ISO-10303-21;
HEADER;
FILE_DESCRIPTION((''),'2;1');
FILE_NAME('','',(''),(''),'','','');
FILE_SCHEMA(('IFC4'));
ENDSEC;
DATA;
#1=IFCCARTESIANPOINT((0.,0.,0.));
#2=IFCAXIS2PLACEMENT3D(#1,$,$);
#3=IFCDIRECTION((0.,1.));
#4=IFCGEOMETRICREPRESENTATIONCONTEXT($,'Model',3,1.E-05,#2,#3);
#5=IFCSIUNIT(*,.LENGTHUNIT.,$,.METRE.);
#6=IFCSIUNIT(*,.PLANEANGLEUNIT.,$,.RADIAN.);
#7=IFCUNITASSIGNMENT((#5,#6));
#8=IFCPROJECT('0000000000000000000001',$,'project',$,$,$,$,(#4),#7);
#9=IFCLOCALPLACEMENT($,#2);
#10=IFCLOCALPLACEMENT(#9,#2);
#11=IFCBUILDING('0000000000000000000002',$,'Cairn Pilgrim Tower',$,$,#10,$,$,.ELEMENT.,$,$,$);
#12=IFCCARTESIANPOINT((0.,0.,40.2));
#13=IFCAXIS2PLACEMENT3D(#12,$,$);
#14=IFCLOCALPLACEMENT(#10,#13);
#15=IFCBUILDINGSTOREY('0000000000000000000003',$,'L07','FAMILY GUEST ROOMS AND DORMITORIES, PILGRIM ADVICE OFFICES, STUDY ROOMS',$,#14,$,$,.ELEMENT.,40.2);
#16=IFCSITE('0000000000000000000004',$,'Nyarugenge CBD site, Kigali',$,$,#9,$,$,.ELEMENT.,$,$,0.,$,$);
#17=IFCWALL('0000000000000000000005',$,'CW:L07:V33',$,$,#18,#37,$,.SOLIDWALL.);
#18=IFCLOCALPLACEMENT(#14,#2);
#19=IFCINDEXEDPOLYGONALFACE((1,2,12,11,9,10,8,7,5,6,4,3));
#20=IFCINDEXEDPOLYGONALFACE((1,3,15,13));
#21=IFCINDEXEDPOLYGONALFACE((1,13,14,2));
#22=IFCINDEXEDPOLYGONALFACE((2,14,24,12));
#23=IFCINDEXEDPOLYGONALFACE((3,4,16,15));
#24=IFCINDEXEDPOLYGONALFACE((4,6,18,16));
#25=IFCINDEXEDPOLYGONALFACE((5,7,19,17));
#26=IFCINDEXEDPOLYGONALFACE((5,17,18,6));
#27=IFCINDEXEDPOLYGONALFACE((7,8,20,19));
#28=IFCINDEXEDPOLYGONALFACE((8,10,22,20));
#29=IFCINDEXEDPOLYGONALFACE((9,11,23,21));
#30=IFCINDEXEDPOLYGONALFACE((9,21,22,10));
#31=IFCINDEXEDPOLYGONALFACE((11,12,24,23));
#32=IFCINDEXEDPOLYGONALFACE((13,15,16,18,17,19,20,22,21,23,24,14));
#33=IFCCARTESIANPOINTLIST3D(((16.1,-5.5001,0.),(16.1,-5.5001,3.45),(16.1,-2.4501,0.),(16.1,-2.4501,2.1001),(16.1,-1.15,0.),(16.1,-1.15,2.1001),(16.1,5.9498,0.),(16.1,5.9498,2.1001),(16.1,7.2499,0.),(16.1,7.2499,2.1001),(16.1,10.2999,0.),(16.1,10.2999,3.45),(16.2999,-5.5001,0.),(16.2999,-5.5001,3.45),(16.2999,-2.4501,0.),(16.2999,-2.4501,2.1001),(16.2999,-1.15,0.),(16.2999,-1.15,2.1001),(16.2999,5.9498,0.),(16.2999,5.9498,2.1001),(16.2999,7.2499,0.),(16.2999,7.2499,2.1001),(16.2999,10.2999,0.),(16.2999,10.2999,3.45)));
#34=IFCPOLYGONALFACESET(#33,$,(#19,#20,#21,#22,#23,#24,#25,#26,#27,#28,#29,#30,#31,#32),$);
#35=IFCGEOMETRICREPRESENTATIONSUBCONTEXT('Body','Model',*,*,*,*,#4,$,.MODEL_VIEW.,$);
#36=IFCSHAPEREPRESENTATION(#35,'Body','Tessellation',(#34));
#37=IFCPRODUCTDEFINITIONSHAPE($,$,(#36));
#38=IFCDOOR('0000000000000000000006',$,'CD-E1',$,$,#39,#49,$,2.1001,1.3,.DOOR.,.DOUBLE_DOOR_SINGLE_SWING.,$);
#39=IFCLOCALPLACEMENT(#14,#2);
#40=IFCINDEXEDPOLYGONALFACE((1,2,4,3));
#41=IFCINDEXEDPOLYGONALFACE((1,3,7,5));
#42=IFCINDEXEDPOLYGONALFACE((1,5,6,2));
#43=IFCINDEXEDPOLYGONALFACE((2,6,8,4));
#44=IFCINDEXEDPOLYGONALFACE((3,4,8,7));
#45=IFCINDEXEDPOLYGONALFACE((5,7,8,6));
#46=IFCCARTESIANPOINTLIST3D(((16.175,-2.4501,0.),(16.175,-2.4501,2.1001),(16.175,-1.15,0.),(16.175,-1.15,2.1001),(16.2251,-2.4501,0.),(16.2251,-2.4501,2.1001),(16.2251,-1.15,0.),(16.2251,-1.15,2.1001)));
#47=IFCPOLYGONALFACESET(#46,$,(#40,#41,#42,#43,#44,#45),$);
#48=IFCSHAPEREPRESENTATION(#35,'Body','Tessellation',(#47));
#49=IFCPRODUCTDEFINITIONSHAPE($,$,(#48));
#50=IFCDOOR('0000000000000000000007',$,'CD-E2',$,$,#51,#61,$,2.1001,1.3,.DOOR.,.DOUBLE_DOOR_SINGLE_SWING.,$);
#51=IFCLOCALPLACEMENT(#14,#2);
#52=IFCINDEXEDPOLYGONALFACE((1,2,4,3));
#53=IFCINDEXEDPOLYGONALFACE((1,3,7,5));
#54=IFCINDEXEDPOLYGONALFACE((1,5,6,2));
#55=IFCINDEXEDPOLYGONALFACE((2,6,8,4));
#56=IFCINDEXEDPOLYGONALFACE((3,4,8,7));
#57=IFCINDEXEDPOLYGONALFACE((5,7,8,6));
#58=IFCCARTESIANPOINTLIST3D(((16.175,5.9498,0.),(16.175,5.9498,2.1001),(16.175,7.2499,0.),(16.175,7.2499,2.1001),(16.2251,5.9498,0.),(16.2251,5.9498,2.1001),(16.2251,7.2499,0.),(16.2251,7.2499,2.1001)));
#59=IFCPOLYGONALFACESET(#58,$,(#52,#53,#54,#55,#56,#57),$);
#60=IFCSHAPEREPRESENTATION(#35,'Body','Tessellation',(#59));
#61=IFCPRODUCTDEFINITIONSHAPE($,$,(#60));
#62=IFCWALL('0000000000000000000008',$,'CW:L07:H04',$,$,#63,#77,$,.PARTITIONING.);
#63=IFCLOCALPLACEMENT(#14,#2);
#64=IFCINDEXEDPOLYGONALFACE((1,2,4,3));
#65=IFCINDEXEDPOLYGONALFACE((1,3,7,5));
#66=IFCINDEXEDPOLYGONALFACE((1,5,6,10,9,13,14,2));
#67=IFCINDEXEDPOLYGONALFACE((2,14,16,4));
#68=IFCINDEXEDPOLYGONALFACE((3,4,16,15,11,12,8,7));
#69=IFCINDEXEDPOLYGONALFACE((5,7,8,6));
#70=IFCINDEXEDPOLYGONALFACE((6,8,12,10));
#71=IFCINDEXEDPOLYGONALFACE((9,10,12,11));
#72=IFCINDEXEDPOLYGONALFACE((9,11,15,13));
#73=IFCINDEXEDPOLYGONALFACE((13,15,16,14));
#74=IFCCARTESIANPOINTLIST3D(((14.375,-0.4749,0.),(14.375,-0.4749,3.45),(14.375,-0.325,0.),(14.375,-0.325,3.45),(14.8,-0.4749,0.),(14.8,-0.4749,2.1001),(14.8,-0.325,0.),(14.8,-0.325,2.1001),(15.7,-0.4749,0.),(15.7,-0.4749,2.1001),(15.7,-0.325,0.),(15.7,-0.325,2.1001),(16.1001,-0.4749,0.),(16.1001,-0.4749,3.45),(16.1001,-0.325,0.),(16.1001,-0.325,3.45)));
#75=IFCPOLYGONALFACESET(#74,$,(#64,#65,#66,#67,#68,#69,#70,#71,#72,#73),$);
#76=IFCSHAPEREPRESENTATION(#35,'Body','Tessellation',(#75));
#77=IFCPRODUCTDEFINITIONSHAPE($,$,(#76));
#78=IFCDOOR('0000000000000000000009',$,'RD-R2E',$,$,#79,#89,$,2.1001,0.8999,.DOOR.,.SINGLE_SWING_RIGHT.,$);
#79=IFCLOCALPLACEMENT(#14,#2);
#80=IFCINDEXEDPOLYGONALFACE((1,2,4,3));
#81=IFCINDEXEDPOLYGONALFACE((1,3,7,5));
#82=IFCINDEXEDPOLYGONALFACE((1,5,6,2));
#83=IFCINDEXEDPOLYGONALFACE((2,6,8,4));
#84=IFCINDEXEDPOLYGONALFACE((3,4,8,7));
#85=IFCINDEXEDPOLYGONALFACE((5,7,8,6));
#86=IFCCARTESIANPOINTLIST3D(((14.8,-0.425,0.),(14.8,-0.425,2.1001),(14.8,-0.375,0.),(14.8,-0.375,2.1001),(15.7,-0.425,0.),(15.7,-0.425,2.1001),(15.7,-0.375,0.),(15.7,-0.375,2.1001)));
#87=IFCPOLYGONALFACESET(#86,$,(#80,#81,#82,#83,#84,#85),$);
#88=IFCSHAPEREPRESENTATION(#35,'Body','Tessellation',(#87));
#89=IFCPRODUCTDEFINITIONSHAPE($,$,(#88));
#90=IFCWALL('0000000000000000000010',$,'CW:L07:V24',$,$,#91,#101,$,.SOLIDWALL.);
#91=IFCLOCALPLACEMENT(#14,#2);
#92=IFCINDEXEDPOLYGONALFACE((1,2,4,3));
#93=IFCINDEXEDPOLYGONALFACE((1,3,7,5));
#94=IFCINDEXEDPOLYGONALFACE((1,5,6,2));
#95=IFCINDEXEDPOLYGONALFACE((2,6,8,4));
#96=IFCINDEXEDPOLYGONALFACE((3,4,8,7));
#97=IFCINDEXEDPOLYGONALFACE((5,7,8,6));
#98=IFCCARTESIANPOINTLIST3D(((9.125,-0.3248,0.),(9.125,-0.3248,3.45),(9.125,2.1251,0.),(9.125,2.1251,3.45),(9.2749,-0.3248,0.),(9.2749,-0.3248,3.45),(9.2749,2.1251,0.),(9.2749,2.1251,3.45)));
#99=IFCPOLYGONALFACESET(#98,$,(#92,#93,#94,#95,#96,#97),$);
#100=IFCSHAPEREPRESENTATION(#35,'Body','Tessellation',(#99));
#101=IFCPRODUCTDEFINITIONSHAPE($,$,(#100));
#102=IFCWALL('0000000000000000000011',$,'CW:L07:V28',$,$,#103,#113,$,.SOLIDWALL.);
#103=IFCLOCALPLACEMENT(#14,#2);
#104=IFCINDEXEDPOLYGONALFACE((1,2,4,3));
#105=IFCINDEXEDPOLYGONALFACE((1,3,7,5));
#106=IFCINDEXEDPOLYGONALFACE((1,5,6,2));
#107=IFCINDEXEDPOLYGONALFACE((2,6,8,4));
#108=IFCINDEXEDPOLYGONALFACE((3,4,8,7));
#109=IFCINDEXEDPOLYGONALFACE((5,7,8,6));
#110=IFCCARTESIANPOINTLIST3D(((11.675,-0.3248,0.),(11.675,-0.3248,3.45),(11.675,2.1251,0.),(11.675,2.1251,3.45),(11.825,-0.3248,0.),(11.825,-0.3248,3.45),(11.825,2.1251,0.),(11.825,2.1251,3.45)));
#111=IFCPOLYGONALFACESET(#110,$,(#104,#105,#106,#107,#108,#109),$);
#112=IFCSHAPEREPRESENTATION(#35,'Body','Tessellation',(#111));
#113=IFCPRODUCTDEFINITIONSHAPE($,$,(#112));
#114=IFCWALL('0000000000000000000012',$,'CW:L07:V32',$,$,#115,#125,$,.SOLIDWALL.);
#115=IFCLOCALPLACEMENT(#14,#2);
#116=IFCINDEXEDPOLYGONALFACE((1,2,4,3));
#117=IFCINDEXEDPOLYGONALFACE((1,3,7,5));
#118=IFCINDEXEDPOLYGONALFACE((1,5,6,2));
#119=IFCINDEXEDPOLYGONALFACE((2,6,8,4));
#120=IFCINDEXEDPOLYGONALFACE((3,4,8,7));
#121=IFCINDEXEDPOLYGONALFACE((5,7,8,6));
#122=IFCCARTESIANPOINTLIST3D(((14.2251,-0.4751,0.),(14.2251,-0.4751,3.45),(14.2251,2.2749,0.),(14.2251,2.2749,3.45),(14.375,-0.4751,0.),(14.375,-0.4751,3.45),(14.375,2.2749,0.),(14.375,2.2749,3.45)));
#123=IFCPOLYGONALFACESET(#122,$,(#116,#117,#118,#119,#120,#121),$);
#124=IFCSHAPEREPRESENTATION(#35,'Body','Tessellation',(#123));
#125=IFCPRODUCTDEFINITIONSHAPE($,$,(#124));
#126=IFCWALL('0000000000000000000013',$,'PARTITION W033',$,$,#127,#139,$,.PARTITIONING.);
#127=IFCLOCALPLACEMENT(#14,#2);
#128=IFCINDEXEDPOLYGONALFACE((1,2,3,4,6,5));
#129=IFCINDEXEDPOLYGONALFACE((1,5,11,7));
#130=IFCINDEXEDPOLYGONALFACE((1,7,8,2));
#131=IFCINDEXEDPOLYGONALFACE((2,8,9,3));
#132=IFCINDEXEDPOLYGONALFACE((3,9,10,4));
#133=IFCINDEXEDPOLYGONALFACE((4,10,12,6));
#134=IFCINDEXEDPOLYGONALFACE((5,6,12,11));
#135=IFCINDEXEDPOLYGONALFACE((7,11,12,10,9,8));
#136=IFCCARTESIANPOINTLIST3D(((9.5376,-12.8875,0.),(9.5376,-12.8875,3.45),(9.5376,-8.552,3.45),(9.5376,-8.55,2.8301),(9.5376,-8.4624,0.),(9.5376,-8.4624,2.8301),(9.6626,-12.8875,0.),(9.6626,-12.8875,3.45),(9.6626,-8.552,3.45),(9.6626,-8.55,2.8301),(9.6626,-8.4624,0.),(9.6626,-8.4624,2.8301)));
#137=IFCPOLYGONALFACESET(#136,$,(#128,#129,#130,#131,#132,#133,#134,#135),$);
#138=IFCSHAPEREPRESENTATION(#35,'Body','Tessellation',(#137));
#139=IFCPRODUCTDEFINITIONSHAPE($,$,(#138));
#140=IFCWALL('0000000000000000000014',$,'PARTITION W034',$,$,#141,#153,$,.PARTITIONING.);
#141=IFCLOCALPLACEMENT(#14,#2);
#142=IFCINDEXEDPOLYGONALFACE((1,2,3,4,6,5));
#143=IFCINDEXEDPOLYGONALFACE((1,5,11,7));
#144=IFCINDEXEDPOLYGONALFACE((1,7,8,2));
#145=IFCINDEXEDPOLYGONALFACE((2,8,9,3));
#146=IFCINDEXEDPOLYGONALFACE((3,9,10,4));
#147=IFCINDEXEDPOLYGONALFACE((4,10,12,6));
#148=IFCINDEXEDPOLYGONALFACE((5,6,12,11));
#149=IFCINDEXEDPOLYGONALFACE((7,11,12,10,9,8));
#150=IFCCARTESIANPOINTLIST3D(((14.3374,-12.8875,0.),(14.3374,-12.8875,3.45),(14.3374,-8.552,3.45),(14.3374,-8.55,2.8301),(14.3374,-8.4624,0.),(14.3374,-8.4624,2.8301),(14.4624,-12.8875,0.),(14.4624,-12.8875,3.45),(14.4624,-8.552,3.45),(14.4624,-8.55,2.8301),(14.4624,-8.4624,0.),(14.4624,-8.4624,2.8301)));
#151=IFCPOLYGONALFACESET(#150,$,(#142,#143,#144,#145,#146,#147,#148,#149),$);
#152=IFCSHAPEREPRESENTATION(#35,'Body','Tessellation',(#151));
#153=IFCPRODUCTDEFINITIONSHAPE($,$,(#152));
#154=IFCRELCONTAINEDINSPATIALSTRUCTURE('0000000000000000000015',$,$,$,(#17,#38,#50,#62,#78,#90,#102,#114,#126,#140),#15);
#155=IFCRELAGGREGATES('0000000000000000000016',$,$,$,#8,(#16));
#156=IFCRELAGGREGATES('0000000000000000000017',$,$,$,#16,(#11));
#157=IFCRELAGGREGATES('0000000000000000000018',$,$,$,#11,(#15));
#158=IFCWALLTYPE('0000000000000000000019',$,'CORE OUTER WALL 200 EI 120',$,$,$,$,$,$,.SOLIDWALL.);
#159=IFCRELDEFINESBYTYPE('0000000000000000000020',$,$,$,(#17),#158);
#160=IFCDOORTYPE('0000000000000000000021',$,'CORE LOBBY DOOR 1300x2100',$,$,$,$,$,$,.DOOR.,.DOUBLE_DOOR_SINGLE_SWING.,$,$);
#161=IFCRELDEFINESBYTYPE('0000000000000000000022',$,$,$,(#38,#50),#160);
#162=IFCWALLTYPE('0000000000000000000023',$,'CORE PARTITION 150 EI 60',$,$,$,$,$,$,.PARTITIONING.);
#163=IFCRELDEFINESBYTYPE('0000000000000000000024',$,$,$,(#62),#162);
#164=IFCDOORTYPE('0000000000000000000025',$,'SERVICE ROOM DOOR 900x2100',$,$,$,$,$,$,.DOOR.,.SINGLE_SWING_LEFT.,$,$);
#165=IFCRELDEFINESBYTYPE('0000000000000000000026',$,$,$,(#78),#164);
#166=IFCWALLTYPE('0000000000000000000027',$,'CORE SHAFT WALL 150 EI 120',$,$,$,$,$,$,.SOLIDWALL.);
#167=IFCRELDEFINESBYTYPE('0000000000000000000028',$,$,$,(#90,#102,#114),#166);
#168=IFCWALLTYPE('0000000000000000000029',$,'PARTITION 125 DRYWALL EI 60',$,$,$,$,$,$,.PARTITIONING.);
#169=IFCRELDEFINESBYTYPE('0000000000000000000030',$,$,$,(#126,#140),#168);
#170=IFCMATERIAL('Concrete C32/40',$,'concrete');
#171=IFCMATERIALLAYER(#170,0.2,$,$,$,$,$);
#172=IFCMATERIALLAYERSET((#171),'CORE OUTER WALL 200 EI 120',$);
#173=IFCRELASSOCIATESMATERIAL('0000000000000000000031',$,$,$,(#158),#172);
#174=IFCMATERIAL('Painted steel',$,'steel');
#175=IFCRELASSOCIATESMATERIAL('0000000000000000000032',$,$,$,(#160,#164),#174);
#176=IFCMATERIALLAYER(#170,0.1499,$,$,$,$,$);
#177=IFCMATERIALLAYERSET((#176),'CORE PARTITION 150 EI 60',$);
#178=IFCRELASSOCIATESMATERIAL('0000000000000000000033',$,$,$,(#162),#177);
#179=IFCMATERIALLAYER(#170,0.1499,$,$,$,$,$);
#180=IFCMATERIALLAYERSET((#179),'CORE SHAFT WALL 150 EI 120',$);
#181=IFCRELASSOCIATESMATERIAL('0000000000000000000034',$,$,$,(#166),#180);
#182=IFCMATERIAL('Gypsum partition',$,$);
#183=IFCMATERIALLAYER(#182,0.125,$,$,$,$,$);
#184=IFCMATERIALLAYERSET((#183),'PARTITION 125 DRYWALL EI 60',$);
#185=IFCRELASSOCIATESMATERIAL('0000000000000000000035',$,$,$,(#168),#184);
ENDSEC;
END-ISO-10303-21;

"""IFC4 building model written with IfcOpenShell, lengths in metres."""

from ifc_helpers import new_model, si_unit, direction, frame, frame_2d, origin, place, context, subcontext, project, spatial, polyline, rectangle, outline, extrude, material, layer, layer_set, type_object, element, fill, save


model = new_model("IFC4")

# Units and contexts
model_context = context("Model", 3, precision=1e-05, world=origin(), true_north=direction((0.0, 1.0)))
body_context = subcontext(model_context, "Body", "Model", "MODEL_VIEW")
ifc_project = project(units=[si_unit("LENGTHUNIT", "METRE"), si_unit("PLANEANGLEUNIT", "RADIAN")], contexts=[model_context])

# Site, building, storey
site_placement = place(None, origin())
site = spatial("IfcSite", under=ifc_project, at=site_placement, Name="Nyarugenge CBD site, Kigali", CompositionType="ELEMENT", RefElevation=0.0)
building_placement = place(site_placement, origin())
building = spatial("IfcBuilding", under=site, at=building_placement, Name="Cairn Pilgrim Tower", CompositionType="ELEMENT")
storey_placement = place(building_placement, frame((0.0, 0.0, 40.2)))
storey = spatial("IfcBuildingStorey", under=building, at=storey_placement, Name="L07", Description="FAMILY GUEST ROOMS AND DORMITORIES, PILGRIM ADVICE OFFICES, STUDY ROOMS", CompositionType="ELEMENT", Elevation=40.2)

# Shared definitions
ifc_material_1 = material(Name="Concrete C32/40", Category="concrete")
ifc_layer_1 = layer(ifc_material_1, 0.2)
ifc_layer_set_1 = layer_set([ifc_layer_1], Name="CORE OUTER WALL 200 EI 120")
wall_type_1 = type_object("IfcWallType", Name="CORE OUTER WALL 200 EI 120", PredefinedType="SOLIDWALL", material=ifc_layer_set_1)

# Wall, openings, doors
wall_1_placement = place(storey_placement, frame((16.2, -5.5, 0.0), z_axis=(0.0, 0.0, 1.0), x_axis=(0.0, 1.0, 0.0)))
wall_1 = element("IfcWall", 1, at=wall_1_placement, inside=storey, type_object=wall_type_1, Name="CW:L07:V33", PredefinedType="SOLIDWALL", context=body_context, shape_type="SweptSolid", body=[
    extrude(rectangle(XDim=15.8, YDim=0.2, at=frame_2d((7.8999, 0.0))), origin(), (0.0, 0.0, 1.0), 3.45),
])
opening_1_placement = place(wall_1_placement, frame((3.05, 0.0, 0.0)))
opening_1 = element("IfcOpeningElement", 2, at=opening_1_placement, cuts=wall_1, PredefinedType="OPENING", context=body_context, shape_type="SweptSolid", body=[
    extrude(rectangle(XDim=1.3, YDim=2.1001, at=frame_2d((0.6499, 1.05))), frame((0.0, 0.1099, 0.0), z_axis=(0.0, -1.0, 0.0), x_axis=(1.0, 0.0, 0.0)), (0.0, 0.0, 1.0), 0.22),
])
opening_2_placement = place(wall_1_placement, frame((11.45, 0.0, 0.0)))
opening_2 = element("IfcOpeningElement", 3, at=opening_2_placement, cuts=wall_1, PredefinedType="OPENING", context=body_context, shape_type="SweptSolid", body=[
    extrude(rectangle(XDim=1.3, YDim=2.1001, at=frame_2d((0.6499, 1.05))), frame((0.0, 0.1099, 0.0), z_axis=(0.0, -1.0, 0.0), x_axis=(1.0, 0.0, 0.0)), (0.0, 0.0, 1.0), 0.22),
])
ifc_material_2 = material(Name="Painted steel", Category="steel")
door_type_1 = type_object("IfcDoorType", Name="CORE LOBBY DOOR 1300x2100", OperationType="DOUBLE_DOOR_SINGLE_SWING", PredefinedType="DOOR", material=ifc_material_2)
door_1_placement = place(opening_1_placement, origin())
door_1 = element("IfcDoor", 4, at=door_1_placement, inside=storey, type_object=door_type_1, Name="CD-E1", OperationType="DOUBLE_DOOR_SINGLE_SWING", OverallHeight=2.1001, OverallWidth=1.3, PredefinedType="DOOR", context=body_context, shape_type="SweptSolid", body=[
    extrude(rectangle(XDim=1.3, YDim=2.1001, at=frame_2d((0.6499, 1.05))), frame((0.0, 0.0249, 0.0), z_axis=(0.0, -1.0, 0.0), x_axis=(1.0, 0.0, 0.0)), (0.0, 0.0, 1.0), 0.05),
])
fill(opening_1, door_1)
door_2_placement = place(opening_2_placement, origin())
door_2 = element("IfcDoor", 5, at=door_2_placement, inside=storey, type_object=door_type_1, Name="CD-E2", OperationType="DOUBLE_DOOR_SINGLE_SWING", OverallHeight=2.1001, OverallWidth=1.3, PredefinedType="DOOR", context=body_context, shape_type="SweptSolid", body=[
    extrude(rectangle(XDim=1.3, YDim=2.1001, at=frame_2d((0.6499, 1.05))), frame((0.0, 0.0249, 0.0), z_axis=(0.0, -1.0, 0.0), x_axis=(1.0, 0.0, 0.0)), (0.0, 0.0, 1.0), 0.05),
])
fill(opening_2, door_2)

# Wall, opening, door
ifc_layer_2 = layer(ifc_material_1, 0.1499)
ifc_layer_set_2 = layer_set([ifc_layer_2], Name="CORE PARTITION 150 EI 60")
wall_type_2 = type_object("IfcWallType", Name="CORE PARTITION 150 EI 60", PredefinedType="PARTITIONING", material=ifc_layer_set_2)
wall_2_placement = place(storey_placement, frame((14.375, -0.3999, 0.0), z_axis=(0.0, 0.0, 1.0), x_axis=(1.0, 0.0, 0.0)))
wall_2 = element("IfcWall", 6, at=wall_2_placement, inside=storey, type_object=wall_type_2, Name="CW:L07:H04", PredefinedType="PARTITIONING", context=body_context, shape_type="SweptSolid", body=[
    extrude(rectangle(XDim=1.7251, YDim=0.1499, at=frame_2d((0.8625, 0.0))), origin(), (0.0, 0.0, 1.0), 3.45),
])
opening_3_placement = place(wall_2_placement, frame((0.425, 0.0, 0.0)))
opening_3 = element("IfcOpeningElement", 7, at=opening_3_placement, cuts=wall_2, PredefinedType="OPENING", context=body_context, shape_type="SweptSolid", body=[
    extrude(rectangle(XDim=0.8999, YDim=2.1001, at=frame_2d((0.45, 1.05))), frame((0.0, 0.085, 0.0), z_axis=(0.0, -1.0, 0.0), x_axis=(1.0, 0.0, 0.0)), (0.0, 0.0, 1.0), 0.1699),
])
door_type_2 = type_object("IfcDoorType", Name="SERVICE ROOM DOOR 900x2100", OperationType="SINGLE_SWING_LEFT", PredefinedType="DOOR", material=ifc_material_2)
door_3_placement = place(opening_3_placement, origin())
door_3 = element("IfcDoor", 8, at=door_3_placement, inside=storey, type_object=door_type_2, Name="RD-R2E", OperationType="SINGLE_SWING_RIGHT", OverallHeight=2.1001, OverallWidth=0.8999, PredefinedType="DOOR", context=body_context, shape_type="SweptSolid", body=[
    extrude(rectangle(XDim=0.8999, YDim=2.1001, at=frame_2d((0.45, 1.05))), frame((0.0, 0.0249, 0.0), z_axis=(0.0, -1.0, 0.0), x_axis=(1.0, 0.0, 0.0)), (0.0, 0.0, 1.0), 0.05),
])
fill(opening_3, door_3)

# Walls
ifc_layer_3 = layer(ifc_material_1, 0.1499)
ifc_layer_set_3 = layer_set([ifc_layer_3], Name="CORE SHAFT WALL 150 EI 120")
wall_type_3 = type_object("IfcWallType", Name="CORE SHAFT WALL 150 EI 120", PredefinedType="SOLIDWALL", material=ifc_layer_set_3)
for number, where, z_axis, x_axis, name in (
    (9, (9.2, -0.325, 0.0), (0.0, 0.0, 1.0), (0.0, 1.0, 0.0), "CW:L07:V24"),
    (10, (11.75, -0.325, 0.0), (0.0, 0.0, 1.0), (0.0, 1.0, 0.0), "CW:L07:V28"),
):
    element("IfcWall", number, at=place(storey_placement, frame(where, z_axis=z_axis, x_axis=x_axis)), inside=storey, type_object=wall_type_3, Name=name, PredefinedType="SOLIDWALL", context=body_context, shape_type="SweptSolid", body=[
        extrude(rectangle(XDim=2.45, YDim=0.1499, at=frame_2d((1.2251, 0.0))), origin(), (0.0, 0.0, 1.0), 3.45),
    ])
wall_3_placement = place(storey_placement, frame((14.3, -0.4751, 0.0), z_axis=(0.0, 0.0, 1.0), x_axis=(0.0, 1.0, 0.0)))
element("IfcWall", 11, at=wall_3_placement, inside=storey, type_object=wall_type_3, Name="CW:L07:V32", PredefinedType="SOLIDWALL", context=body_context, shape_type="SweptSolid", body=[
    extrude(rectangle(XDim=2.75, YDim=0.1499, at=frame_2d((1.375, 0.0))), origin(), (0.0, 0.0, 1.0), 3.45),
])
ifc_material_3 = material(Name="Gypsum partition")
ifc_layer_4 = layer(ifc_material_3, 0.125)
ifc_layer_set_4 = layer_set([ifc_layer_4], Name="PARTITION 125 DRYWALL EI 60")
wall_type_4 = type_object("IfcWallType", Name="PARTITION 125 DRYWALL EI 60", PredefinedType="PARTITIONING", material=ifc_layer_set_4)
for number, where, z_axis, x_axis, name in (
    (12, (9.6001, -12.8875, 0.0), (0.0, 0.0, 1.0), (0.0, 1.0, 0.0), "PARTITION W033"),
    (13, (14.3999, -12.8875, 0.0), (0.0, 0.0, 1.0), (0.0, 1.0, 0.0), "PARTITION W034"),
):
    element("IfcWall", number, at=place(storey_placement, frame(where, z_axis=z_axis, x_axis=x_axis)), inside=storey, type_object=wall_type_4, Name=name, PredefinedType="PARTITIONING", context=body_context, shape_type="SweptSolid", body=[
        extrude(outline(polyline([(0.0, 0.0), (4.425, 0.0), (4.425, 2.8301), (4.3374, 2.8301), (4.3354, 3.45), (0.0, 3.45), (0.0, 0.0)])), frame((0.0, 0.0625, 0.0), z_axis=(0.0, -1.0, 0.0), x_axis=(1.0, 0.0, 0.0)), (0.0, 0.0, 1.0), 0.125),
    ])

save(model, "model.ifc")
